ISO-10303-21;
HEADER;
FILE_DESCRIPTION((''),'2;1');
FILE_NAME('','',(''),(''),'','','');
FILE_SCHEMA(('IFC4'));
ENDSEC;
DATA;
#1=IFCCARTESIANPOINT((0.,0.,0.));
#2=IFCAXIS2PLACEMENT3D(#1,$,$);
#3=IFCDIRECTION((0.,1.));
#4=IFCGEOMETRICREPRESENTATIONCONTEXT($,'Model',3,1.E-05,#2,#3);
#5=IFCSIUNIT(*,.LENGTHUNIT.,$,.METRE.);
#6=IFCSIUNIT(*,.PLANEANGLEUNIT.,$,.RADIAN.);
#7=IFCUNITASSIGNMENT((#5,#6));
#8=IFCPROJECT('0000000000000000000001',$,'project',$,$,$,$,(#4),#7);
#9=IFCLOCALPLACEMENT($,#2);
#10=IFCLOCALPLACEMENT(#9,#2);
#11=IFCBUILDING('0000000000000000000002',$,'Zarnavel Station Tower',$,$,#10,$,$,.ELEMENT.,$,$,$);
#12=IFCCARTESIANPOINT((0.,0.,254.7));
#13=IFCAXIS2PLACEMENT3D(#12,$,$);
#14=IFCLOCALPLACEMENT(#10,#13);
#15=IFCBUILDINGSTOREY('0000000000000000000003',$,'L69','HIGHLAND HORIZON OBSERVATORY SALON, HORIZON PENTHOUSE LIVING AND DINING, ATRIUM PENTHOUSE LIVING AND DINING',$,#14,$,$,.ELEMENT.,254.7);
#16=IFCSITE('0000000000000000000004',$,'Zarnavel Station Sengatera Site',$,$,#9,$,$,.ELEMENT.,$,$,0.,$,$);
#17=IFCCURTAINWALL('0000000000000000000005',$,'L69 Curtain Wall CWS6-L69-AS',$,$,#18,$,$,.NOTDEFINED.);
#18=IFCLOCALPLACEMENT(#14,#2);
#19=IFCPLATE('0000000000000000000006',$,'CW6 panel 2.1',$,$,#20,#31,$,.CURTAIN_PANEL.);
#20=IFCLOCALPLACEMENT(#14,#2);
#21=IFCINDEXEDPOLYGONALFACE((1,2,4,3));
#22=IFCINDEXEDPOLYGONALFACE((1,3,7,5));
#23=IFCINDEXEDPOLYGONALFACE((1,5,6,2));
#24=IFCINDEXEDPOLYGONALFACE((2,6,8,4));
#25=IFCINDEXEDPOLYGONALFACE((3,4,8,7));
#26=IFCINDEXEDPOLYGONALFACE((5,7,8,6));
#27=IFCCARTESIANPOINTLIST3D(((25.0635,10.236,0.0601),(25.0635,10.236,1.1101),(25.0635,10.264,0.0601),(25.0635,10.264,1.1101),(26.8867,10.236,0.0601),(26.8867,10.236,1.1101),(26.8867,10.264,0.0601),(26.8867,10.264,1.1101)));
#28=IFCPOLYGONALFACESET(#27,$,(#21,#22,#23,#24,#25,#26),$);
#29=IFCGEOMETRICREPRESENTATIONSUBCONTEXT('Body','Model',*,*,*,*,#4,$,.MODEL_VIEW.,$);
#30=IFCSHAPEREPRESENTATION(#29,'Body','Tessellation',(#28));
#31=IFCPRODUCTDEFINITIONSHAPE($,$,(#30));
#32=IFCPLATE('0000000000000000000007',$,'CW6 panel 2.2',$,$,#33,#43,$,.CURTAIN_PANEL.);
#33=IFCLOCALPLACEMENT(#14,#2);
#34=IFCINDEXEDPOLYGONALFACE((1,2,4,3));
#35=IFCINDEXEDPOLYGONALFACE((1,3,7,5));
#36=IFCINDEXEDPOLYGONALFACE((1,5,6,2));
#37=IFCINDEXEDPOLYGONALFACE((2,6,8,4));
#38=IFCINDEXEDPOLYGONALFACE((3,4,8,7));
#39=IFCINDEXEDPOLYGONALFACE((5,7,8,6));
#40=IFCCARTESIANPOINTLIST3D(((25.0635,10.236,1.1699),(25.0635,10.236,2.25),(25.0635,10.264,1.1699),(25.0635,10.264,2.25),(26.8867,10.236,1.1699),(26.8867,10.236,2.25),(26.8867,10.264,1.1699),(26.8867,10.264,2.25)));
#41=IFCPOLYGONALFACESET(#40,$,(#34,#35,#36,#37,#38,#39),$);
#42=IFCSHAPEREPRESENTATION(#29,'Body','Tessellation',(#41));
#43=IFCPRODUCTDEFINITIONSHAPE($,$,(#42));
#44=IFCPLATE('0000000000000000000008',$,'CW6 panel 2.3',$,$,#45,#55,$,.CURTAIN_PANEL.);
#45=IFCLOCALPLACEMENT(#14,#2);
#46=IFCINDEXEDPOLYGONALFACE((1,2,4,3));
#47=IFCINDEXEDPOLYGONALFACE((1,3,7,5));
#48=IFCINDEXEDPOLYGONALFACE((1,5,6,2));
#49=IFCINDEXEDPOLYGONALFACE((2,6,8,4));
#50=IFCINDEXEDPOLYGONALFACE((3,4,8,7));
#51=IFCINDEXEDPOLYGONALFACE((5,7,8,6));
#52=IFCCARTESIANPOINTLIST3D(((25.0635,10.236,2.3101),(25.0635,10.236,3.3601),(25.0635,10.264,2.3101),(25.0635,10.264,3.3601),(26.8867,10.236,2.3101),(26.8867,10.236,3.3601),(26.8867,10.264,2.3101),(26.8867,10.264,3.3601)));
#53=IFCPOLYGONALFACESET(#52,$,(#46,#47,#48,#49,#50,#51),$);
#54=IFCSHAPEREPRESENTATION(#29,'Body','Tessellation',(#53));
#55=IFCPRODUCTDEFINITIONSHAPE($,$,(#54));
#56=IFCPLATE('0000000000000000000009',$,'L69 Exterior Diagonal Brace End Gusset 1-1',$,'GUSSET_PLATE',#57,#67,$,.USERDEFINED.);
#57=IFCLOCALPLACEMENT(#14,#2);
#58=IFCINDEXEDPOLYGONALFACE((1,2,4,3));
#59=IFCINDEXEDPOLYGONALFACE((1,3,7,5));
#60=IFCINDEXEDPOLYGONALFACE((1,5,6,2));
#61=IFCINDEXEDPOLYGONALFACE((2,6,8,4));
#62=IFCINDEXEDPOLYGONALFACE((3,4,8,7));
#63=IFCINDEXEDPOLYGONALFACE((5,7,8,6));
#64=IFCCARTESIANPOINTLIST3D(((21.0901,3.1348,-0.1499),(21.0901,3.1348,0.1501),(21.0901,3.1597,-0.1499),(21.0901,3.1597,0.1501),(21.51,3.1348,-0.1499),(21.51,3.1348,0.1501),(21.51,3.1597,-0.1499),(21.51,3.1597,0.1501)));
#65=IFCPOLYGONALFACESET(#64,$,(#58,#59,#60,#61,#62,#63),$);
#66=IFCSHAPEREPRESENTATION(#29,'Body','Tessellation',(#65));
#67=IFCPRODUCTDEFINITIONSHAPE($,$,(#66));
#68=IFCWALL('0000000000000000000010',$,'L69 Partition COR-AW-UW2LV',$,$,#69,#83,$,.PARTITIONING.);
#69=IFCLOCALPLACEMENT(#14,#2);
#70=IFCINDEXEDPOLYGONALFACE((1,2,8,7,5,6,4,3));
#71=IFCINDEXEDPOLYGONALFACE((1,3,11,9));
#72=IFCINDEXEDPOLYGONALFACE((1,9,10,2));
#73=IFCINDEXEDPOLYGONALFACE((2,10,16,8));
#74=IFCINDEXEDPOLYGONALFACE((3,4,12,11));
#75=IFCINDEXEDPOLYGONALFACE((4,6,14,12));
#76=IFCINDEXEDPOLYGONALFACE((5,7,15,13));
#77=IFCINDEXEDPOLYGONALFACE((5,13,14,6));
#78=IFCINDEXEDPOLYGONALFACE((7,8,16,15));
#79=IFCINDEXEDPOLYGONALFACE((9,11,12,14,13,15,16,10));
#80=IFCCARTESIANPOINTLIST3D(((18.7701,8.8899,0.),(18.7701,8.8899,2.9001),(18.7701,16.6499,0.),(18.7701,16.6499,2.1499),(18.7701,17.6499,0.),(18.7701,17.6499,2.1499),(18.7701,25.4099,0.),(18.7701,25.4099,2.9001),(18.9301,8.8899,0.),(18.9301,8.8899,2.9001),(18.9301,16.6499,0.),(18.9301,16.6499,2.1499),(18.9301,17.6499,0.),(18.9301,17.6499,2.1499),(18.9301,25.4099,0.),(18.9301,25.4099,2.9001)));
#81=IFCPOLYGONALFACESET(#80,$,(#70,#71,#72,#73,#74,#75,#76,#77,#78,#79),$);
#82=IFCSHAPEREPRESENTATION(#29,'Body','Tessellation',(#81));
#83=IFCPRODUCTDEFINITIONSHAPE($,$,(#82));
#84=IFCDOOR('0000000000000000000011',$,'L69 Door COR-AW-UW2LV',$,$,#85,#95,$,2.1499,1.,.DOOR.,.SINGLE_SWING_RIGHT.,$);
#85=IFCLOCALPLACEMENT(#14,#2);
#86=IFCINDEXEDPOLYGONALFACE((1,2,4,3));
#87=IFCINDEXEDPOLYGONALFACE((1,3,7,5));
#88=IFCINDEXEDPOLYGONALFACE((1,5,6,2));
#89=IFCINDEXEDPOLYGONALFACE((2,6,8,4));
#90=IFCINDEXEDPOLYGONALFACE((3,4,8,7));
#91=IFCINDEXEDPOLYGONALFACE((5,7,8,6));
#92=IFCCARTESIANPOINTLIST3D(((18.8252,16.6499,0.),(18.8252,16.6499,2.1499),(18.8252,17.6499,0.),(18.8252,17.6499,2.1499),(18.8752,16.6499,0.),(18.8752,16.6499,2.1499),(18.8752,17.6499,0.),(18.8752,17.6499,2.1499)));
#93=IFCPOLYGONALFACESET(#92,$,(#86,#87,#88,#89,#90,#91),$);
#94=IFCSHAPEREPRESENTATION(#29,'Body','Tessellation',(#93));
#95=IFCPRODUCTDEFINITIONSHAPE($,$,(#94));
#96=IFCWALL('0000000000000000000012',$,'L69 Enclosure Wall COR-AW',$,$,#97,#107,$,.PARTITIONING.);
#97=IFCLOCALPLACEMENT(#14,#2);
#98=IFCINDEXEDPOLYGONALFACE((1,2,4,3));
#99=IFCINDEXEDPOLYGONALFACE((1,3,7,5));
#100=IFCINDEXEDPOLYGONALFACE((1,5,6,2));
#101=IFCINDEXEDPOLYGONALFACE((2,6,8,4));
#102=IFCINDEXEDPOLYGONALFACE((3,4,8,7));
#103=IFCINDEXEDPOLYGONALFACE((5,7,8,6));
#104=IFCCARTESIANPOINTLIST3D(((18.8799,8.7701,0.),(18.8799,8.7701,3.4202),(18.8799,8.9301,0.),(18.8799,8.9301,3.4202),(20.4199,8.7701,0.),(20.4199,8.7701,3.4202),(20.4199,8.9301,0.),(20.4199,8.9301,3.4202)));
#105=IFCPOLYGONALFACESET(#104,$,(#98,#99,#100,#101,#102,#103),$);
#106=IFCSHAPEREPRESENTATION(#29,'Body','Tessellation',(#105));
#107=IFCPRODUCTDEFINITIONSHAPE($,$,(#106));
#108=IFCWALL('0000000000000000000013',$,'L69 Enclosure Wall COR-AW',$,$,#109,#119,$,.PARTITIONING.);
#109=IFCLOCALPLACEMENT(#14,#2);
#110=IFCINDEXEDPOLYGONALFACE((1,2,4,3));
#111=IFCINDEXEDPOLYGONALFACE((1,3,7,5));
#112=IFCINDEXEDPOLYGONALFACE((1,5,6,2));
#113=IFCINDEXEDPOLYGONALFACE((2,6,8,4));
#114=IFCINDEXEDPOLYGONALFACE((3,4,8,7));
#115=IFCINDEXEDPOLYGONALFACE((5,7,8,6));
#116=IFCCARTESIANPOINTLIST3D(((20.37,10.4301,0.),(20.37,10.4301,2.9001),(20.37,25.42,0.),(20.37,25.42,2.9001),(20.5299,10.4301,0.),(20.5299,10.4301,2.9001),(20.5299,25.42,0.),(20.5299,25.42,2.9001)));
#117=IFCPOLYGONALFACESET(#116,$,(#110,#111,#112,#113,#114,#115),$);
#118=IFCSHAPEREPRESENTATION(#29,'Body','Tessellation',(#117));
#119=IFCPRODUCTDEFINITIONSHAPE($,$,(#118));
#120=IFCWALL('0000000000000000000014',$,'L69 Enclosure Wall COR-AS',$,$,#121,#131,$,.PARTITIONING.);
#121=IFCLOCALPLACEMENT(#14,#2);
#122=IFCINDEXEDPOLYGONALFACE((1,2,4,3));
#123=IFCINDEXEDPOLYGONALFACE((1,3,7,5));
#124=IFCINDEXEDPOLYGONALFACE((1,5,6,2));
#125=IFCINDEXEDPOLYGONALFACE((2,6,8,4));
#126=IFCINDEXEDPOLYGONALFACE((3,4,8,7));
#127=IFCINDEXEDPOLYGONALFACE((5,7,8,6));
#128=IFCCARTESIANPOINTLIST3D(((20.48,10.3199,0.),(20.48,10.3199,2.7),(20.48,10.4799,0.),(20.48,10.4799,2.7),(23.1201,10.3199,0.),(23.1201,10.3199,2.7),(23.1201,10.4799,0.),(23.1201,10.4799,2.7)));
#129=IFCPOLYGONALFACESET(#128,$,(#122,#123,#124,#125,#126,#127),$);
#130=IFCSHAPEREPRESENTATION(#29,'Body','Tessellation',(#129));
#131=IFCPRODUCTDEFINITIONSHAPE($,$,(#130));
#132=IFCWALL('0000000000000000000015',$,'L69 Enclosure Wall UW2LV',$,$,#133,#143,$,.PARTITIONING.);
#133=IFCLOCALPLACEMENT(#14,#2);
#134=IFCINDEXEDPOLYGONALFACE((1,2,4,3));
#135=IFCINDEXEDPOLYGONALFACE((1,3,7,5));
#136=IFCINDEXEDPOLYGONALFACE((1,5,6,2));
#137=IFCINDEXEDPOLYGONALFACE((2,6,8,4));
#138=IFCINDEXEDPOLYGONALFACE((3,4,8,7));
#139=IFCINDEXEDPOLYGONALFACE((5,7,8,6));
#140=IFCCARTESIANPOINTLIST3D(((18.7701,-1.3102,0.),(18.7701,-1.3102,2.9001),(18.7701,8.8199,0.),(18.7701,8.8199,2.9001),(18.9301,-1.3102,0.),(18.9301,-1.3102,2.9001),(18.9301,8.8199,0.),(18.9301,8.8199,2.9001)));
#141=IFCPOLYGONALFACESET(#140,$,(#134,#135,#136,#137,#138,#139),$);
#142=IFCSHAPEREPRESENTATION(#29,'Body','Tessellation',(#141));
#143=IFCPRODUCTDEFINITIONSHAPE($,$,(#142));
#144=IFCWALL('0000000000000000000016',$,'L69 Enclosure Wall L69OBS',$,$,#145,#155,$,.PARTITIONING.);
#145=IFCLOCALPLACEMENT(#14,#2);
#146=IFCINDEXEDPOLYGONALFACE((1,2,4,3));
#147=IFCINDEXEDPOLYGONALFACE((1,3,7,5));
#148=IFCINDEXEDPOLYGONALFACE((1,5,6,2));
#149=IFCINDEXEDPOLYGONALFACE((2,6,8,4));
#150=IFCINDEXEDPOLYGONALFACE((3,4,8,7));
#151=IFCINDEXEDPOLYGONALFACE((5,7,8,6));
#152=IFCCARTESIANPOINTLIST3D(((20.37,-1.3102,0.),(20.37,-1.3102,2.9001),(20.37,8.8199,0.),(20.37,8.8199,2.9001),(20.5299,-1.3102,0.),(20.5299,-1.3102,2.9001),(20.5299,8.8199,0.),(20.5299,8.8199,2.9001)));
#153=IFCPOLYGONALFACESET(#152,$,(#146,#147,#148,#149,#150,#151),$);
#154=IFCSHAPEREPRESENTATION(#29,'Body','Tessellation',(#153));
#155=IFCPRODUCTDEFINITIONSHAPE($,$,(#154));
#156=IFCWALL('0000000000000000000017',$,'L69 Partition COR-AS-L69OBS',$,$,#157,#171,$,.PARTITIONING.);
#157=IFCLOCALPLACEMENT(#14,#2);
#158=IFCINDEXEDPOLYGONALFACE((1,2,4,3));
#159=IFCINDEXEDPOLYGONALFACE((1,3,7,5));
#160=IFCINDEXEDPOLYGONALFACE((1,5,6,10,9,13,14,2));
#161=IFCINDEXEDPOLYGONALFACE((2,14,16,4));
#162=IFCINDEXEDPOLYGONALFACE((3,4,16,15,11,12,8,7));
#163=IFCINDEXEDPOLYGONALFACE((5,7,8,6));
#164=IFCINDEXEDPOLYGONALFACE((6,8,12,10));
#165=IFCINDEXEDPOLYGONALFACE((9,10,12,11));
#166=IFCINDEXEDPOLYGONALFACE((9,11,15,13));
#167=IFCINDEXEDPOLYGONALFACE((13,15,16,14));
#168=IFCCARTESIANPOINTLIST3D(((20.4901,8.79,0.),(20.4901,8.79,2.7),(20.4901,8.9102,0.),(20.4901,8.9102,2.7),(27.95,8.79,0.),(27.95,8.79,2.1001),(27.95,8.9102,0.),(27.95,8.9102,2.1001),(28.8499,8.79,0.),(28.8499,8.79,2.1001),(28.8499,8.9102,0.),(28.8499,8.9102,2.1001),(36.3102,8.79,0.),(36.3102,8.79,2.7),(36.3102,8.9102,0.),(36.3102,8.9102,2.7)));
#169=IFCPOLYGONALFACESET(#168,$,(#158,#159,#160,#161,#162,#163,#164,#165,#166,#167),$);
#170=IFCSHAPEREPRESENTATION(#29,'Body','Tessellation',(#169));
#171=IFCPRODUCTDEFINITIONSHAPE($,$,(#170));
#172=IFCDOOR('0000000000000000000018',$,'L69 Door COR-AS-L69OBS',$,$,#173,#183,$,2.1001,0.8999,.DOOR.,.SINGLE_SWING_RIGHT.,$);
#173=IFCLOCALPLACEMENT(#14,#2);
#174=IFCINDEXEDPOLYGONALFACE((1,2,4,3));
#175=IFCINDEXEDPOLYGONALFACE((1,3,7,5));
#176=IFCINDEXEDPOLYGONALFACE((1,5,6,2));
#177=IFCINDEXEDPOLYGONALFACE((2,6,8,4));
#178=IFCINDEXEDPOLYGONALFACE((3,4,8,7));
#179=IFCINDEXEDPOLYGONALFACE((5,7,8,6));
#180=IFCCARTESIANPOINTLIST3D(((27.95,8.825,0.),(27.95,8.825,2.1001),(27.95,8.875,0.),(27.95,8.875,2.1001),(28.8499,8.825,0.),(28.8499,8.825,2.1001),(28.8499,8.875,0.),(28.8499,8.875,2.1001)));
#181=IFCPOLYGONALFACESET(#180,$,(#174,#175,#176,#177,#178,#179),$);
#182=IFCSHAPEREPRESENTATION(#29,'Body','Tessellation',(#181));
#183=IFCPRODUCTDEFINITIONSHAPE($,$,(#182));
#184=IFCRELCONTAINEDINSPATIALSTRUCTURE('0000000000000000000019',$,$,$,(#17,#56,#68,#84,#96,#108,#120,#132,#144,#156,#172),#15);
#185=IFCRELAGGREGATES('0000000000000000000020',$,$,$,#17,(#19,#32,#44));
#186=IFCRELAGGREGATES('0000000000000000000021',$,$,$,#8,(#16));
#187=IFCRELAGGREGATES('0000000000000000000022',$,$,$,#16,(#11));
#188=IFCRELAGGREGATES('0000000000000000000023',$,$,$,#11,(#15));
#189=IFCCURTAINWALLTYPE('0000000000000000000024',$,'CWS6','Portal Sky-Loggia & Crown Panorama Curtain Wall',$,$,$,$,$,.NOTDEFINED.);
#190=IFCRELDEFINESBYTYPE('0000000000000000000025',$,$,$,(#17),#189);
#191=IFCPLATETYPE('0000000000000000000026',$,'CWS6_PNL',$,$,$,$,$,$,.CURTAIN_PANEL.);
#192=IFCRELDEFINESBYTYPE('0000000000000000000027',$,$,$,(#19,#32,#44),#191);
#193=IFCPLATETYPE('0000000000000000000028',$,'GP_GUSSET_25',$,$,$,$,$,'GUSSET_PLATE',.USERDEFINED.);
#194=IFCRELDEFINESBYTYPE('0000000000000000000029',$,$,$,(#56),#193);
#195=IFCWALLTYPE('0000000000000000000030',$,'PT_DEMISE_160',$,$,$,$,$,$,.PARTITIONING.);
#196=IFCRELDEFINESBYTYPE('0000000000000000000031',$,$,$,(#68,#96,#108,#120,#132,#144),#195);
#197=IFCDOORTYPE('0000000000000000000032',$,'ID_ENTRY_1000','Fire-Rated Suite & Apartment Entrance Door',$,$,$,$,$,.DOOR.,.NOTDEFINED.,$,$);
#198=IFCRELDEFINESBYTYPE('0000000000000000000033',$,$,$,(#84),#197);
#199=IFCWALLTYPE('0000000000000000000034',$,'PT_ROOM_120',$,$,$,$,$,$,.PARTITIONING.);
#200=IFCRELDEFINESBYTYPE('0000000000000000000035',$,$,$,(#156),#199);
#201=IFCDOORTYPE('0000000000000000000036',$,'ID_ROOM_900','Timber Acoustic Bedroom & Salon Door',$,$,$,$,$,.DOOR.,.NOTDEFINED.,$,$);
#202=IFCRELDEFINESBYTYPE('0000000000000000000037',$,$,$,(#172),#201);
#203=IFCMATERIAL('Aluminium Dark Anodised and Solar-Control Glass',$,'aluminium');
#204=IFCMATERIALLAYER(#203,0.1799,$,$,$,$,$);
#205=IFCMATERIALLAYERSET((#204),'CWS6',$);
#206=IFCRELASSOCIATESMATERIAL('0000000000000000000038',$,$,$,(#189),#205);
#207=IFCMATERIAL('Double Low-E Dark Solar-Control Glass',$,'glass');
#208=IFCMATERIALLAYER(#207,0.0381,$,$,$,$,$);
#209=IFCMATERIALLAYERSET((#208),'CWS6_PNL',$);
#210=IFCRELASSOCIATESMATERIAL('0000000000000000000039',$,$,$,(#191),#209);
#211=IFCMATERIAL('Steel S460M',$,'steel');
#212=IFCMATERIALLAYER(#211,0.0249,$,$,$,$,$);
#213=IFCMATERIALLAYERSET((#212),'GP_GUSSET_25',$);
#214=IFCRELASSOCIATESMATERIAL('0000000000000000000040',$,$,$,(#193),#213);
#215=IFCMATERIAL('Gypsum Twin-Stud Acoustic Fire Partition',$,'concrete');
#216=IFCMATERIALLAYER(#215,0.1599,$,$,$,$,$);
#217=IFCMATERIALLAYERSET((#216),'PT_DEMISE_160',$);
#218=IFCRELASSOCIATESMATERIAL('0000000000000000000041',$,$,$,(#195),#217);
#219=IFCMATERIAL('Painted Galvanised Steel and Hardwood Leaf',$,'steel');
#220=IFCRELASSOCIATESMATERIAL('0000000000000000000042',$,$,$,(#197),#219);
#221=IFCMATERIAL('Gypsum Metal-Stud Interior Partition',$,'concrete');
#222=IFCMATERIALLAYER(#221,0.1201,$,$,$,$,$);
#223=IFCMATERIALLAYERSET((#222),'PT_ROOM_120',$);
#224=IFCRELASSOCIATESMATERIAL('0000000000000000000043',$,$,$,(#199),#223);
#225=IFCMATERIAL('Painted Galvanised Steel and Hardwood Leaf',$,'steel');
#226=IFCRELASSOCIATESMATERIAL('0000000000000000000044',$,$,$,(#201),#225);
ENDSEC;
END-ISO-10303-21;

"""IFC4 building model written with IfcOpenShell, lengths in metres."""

from ifc_helpers import new_model, si_unit, direction, frame, frame_2d, origin, origin_2d, place, context, subcontext, project, spatial, rectangle, extrude, material, layer, layer_set, type_object, element, fill, aggregate, save


model = new_model("IFC4")

# Units and contexts
model_context = context("Model", 3, precision=1e-05, world=origin(), true_north=direction((0.0, 1.0)))
body_context = subcontext(model_context, "Body", "Model", "MODEL_VIEW")
ifc_project = project(units=[si_unit("LENGTHUNIT", "METRE"), si_unit("PLANEANGLEUNIT", "RADIAN")], contexts=[model_context])

# Site, building, storey
site_placement = place(None, origin())
site = spatial("IfcSite", under=ifc_project, at=site_placement, Name="Zarnavel Station Sengatera Site", CompositionType="ELEMENT", RefElevation=0.0)
building_placement = place(site_placement, origin())
building = spatial("IfcBuilding", under=site, at=building_placement, Name="Zarnavel Station Tower", CompositionType="ELEMENT")
storey_placement = place(building_placement, frame((0.0, 0.0, 254.7)))
storey = spatial("IfcBuildingStorey", under=building, at=storey_placement, Name="L69", Description="HIGHLAND HORIZON OBSERVATORY SALON, HORIZON PENTHOUSE LIVING AND DINING, ATRIUM PENTHOUSE LIVING AND DINING", CompositionType="ELEMENT", Elevation=254.7)

# Curtain wall
ifc_material_1 = material(Name="Aluminium Dark Anodised and Solar-Control Glass", Category="aluminium")
ifc_layer_1 = layer(ifc_material_1, 0.1799)
ifc_layer_set_1 = layer_set([ifc_layer_1], Name="CWS6")
curtain_wall_type = type_object("IfcCurtainWallType", Name="CWS6", Description="Portal Sky-Loggia & Crown Panorama Curtain Wall", PredefinedType="NOTDEFINED", material=ifc_layer_set_1)
curtain_wall_placement = place(storey_placement, origin())
curtain_wall = element("IfcCurtainWall", 1, at=curtain_wall_placement, inside=storey, type_object=curtain_wall_type, Name="L69 Curtain Wall CWS6-L69-AS", PredefinedType="NOTDEFINED")

# Plates
ifc_material_2 = material(Name="Double Low-E Dark Solar-Control Glass", Category="glass")
ifc_layer_2 = layer(ifc_material_2, 0.0381)
ifc_layer_set_2 = layer_set([ifc_layer_2], Name="CWS6_PNL")
plate_type_1 = type_object("IfcPlateType", Name="CWS6_PNL", PredefinedType="CURTAIN_PANEL", material=ifc_layer_set_2)
plate_1_placement = place(storey_placement, frame((25.9751, 10.25, 0.0601), z_axis=(0.0, 0.0, 1.0), x_axis=(1.0, 0.0, 0.0)))
plate_1 = element("IfcPlate", 2, at=plate_1_placement, type_object=plate_type_1, Name="CW6 panel 2.1", PredefinedType="CURTAIN_PANEL", context=body_context, shape_type="SweptSolid", body=[
    extrude(rectangle(XDim=1.8232, YDim=0.0281, at=origin_2d()), origin(), (0.0, 0.0, 1.0), 1.05),
])
plate_2_placement = place(storey_placement, frame((25.9751, 10.25, 1.1699), z_axis=(0.0, 0.0, 1.0), x_axis=(1.0, 0.0, 0.0)))
plate_2 = element("IfcPlate", 3, at=plate_2_placement, type_object=plate_type_1, Name="CW6 panel 2.2", PredefinedType="CURTAIN_PANEL", context=body_context, shape_type="SweptSolid", body=[
    extrude(rectangle(XDim=1.8232, YDim=0.0281, at=origin_2d()), origin(), (0.0, 0.0, 1.0), 1.0801),
])
plate_3_placement = place(storey_placement, frame((25.9751, 10.25, 2.3101), z_axis=(0.0, 0.0, 1.0), x_axis=(1.0, 0.0, 0.0)))
plate_3 = element("IfcPlate", 4, at=plate_3_placement, type_object=plate_type_1, Name="CW6 panel 2.3", PredefinedType="CURTAIN_PANEL", context=body_context, shape_type="SweptSolid", body=[
    extrude(rectangle(XDim=1.8232, YDim=0.0281, at=origin_2d()), origin(), (0.0, 0.0, 1.0), 1.05),
])
aggregate(curtain_wall, [plate_1, plate_2, plate_3])
ifc_material_3 = material(Name="Steel S460M", Category="steel")
ifc_layer_3 = layer(ifc_material_3, 0.0249)
ifc_layer_set_3 = layer_set([ifc_layer_3], Name="GP_GUSSET_25")
plate_type_2 = type_object("IfcPlateType", Name="GP_GUSSET_25", ElementType="GUSSET_PLATE", PredefinedType="USERDEFINED", material=ifc_layer_set_3)
plate_4_placement = place(storey_placement, frame((21.3, 3.1472, -0.1499), z_axis=(0.0, 0.0, 1.0), x_axis=(1.0, 0.0, 0.0)))
element("IfcPlate", 5, at=plate_4_placement, inside=storey, type_object=plate_type_2, Name="L69 Exterior Diagonal Brace End Gusset 1-1", ObjectType="GUSSET_PLATE", PredefinedType="USERDEFINED", context=body_context, shape_type="SweptSolid", body=[
    extrude(rectangle(XDim=0.4199, YDim=0.0249, at=origin_2d()), origin(), (0.0, 0.0, 1.0), 0.3),
])

# Wall, opening, door
ifc_material_4 = material(Name="Gypsum Twin-Stud Acoustic Fire Partition", Category="concrete")
ifc_layer_4 = layer(ifc_material_4, 0.1599)
ifc_layer_set_4 = layer_set([ifc_layer_4], Name="PT_DEMISE_160")
wall_type_1 = type_object("IfcWallType", Name="PT_DEMISE_160", PredefinedType="PARTITIONING", material=ifc_layer_set_4)
wall_1_placement = place(storey_placement, frame((18.8501, 8.8899, 0.0), z_axis=(0.0, 0.0, 1.0), x_axis=(0.0, 1.0, 0.0)))
wall_1 = element("IfcWall", 6, at=wall_1_placement, inside=storey, type_object=wall_type_1, Name="L69 Partition COR-AW-UW2LV", PredefinedType="PARTITIONING", context=body_context, shape_type="SweptSolid", body=[
    extrude(rectangle(XDim=16.52, YDim=0.1599, at=frame_2d((8.26, 0.0))), origin(), (0.0, 0.0, 1.0), 2.9001),
])
opening_1_placement = place(wall_1_placement, frame((7.76, 0.0, 0.0)))
opening_1 = element("IfcOpeningElement", 7, at=opening_1_placement, cuts=wall_1, PredefinedType="OPENING", context=body_context, shape_type="SweptSolid", body=[
    extrude(rectangle(XDim=1.0, YDim=2.1499, at=frame_2d((0.5, 1.075))), frame((0.0, 0.0898, 0.0), z_axis=(0.0, -1.0, 0.0), x_axis=(1.0, 0.0, 0.0)), (0.0, 0.0, 1.0), 0.1799),
])
ifc_material_5 = material(Name="Painted Galvanised Steel and Hardwood Leaf", Category="steel")
door_type_1 = type_object("IfcDoorType", Name="ID_ENTRY_1000", Description="Fire-Rated Suite & Apartment Entrance Door", OperationType="NOTDEFINED", PredefinedType="DOOR", material=ifc_material_5)
door_1_placement = place(opening_1_placement, origin())
door_1 = element("IfcDoor", 8, at=door_1_placement, inside=storey, type_object=door_type_1, Name="L69 Door COR-AW-UW2LV", OperationType="SINGLE_SWING_RIGHT", OverallHeight=2.1499, OverallWidth=1.0, PredefinedType="DOOR", context=body_context, shape_type="SweptSolid", body=[
    extrude(rectangle(XDim=1.0, YDim=2.1499, at=frame_2d((0.5, 1.075))), frame((0.0, 0.0249, 0.0), z_axis=(0.0, -1.0, 0.0), x_axis=(1.0, 0.0, 0.0)), (0.0, 0.0, 1.0), 0.05),
])
fill(opening_1, door_1)

# Walls
wall_2_placement = place(storey_placement, frame((18.8799, 8.8501, 0.0), z_axis=(0.0, 0.0, 1.0), x_axis=(1.0, 0.0, 0.0)))
element("IfcWall", 9, at=wall_2_placement, inside=storey, type_object=wall_type_1, Name="L69 Enclosure Wall COR-AW", PredefinedType="PARTITIONING", context=body_context, shape_type="SweptSolid", body=[
    extrude(rectangle(XDim=1.54, YDim=0.1599, at=frame_2d((0.77, 0.0))), origin(), (0.0, 0.0, 1.0), 3.4202),
])
wall_3_placement = place(storey_placement, frame((20.45, 10.4299, 0.0), z_axis=(0.0, 0.0, 1.0), x_axis=(0.0, 1.0, 0.0)))
element("IfcWall", 10, at=wall_3_placement, inside=storey, type_object=wall_type_1, Name="L69 Enclosure Wall COR-AW", PredefinedType="PARTITIONING", context=body_context, shape_type="SweptSolid", body=[
    extrude(rectangle(XDim=14.99, YDim=0.1599, at=frame_2d((7.4951, 0.0))), origin(), (0.0, 0.0, 1.0), 2.9001),
])
wall_4_placement = place(storey_placement, frame((20.48, 10.3999, 0.0), z_axis=(0.0, 0.0, 1.0), x_axis=(1.0, 0.0, 0.0)))
element("IfcWall", 11, at=wall_4_placement, inside=storey, type_object=wall_type_1, Name="L69 Enclosure Wall COR-AS", PredefinedType="PARTITIONING", context=body_context, shape_type="SweptSolid", body=[
    extrude(rectangle(XDim=2.6401, YDim=0.1599, at=frame_2d((1.3201, 0.0))), origin(), (0.0, 0.0, 1.0), 2.7),
])
for number, where, z_axis, x_axis, name in (
    (12, (18.8501, -1.3101, 0.0), (0.0, 0.0, 1.0), (0.0, 1.0, 0.0), "L69 Enclosure Wall UW2LV"),
    (13, (20.45, -1.3101, 0.0), (0.0, 0.0, 1.0), (0.0, 1.0, 0.0), "L69 Enclosure Wall L69OBS"),
):
    element("IfcWall", number, at=place(storey_placement, frame(where, z_axis=z_axis, x_axis=x_axis)), inside=storey, type_object=wall_type_1, Name=name, PredefinedType="PARTITIONING", context=body_context, shape_type="SweptSolid", body=[
        extrude(rectangle(XDim=10.1301, YDim=0.1599, at=frame_2d((5.0649, 0.0))), origin(), (0.0, 0.0, 1.0), 2.9001),
    ])

# Wall, opening, door
ifc_material_6 = material(Name="Gypsum Metal-Stud Interior Partition", Category="concrete")
ifc_layer_5 = layer(ifc_material_6, 0.1201)
ifc_layer_set_5 = layer_set([ifc_layer_5], Name="PT_ROOM_120")
wall_type_2 = type_object("IfcWallType", Name="PT_ROOM_120", PredefinedType="PARTITIONING", material=ifc_layer_set_5)
wall_5_placement = place(storey_placement, frame((20.49, 8.8501, 0.0), z_axis=(0.0, 0.0, 1.0), x_axis=(1.0, 0.0, 0.0)))
wall_5 = element("IfcWall", 14, at=wall_5_placement, inside=storey, type_object=wall_type_2, Name="L69 Partition COR-AS-L69OBS", PredefinedType="PARTITIONING", context=body_context, shape_type="SweptSolid", body=[
    extrude(rectangle(XDim=15.8201, YDim=0.1201, at=frame_2d((7.9102, 0.0))), origin(), (0.0, 0.0, 1.0), 2.7),
])
opening_2_placement = place(wall_5_placement, frame((7.46, 0.0, 0.0)))
opening_2 = element("IfcOpeningElement", 15, at=opening_2_placement, cuts=wall_5, PredefinedType="OPENING", context=body_context, shape_type="SweptSolid", body=[
    extrude(rectangle(XDim=0.8999, YDim=2.1001, at=frame_2d((0.45, 1.05))), frame((0.0, 0.0701, 0.0), z_axis=(0.0, -1.0, 0.0), x_axis=(1.0, 0.0, 0.0)), (0.0, 0.0, 1.0), 0.1401),
])
ifc_material_7 = material(Name="Painted Galvanised Steel and Hardwood Leaf", Category="steel")
door_type_2 = type_object("IfcDoorType", Name="ID_ROOM_900", Description="Timber Acoustic Bedroom & Salon Door", OperationType="NOTDEFINED", PredefinedType="DOOR", material=ifc_material_7)
door_2_placement = place(opening_2_placement, origin())
door_2 = element("IfcDoor", 16, at=door_2_placement, inside=storey, type_object=door_type_2, Name="L69 Door COR-AS-L69OBS", OperationType="SINGLE_SWING_RIGHT", OverallHeight=2.1001, OverallWidth=0.8999, PredefinedType="DOOR", context=body_context, shape_type="SweptSolid", body=[
    extrude(rectangle(XDim=0.8999, YDim=2.1001, at=frame_2d((0.45, 1.05))), frame((0.0, 0.0249, 0.0), z_axis=(0.0, -1.0, 0.0), x_axis=(1.0, 0.0, 0.0)), (0.0, 0.0, 1.0), 0.05),
])
fill(opening_2, door_2)

save(model, "model.ifc")
